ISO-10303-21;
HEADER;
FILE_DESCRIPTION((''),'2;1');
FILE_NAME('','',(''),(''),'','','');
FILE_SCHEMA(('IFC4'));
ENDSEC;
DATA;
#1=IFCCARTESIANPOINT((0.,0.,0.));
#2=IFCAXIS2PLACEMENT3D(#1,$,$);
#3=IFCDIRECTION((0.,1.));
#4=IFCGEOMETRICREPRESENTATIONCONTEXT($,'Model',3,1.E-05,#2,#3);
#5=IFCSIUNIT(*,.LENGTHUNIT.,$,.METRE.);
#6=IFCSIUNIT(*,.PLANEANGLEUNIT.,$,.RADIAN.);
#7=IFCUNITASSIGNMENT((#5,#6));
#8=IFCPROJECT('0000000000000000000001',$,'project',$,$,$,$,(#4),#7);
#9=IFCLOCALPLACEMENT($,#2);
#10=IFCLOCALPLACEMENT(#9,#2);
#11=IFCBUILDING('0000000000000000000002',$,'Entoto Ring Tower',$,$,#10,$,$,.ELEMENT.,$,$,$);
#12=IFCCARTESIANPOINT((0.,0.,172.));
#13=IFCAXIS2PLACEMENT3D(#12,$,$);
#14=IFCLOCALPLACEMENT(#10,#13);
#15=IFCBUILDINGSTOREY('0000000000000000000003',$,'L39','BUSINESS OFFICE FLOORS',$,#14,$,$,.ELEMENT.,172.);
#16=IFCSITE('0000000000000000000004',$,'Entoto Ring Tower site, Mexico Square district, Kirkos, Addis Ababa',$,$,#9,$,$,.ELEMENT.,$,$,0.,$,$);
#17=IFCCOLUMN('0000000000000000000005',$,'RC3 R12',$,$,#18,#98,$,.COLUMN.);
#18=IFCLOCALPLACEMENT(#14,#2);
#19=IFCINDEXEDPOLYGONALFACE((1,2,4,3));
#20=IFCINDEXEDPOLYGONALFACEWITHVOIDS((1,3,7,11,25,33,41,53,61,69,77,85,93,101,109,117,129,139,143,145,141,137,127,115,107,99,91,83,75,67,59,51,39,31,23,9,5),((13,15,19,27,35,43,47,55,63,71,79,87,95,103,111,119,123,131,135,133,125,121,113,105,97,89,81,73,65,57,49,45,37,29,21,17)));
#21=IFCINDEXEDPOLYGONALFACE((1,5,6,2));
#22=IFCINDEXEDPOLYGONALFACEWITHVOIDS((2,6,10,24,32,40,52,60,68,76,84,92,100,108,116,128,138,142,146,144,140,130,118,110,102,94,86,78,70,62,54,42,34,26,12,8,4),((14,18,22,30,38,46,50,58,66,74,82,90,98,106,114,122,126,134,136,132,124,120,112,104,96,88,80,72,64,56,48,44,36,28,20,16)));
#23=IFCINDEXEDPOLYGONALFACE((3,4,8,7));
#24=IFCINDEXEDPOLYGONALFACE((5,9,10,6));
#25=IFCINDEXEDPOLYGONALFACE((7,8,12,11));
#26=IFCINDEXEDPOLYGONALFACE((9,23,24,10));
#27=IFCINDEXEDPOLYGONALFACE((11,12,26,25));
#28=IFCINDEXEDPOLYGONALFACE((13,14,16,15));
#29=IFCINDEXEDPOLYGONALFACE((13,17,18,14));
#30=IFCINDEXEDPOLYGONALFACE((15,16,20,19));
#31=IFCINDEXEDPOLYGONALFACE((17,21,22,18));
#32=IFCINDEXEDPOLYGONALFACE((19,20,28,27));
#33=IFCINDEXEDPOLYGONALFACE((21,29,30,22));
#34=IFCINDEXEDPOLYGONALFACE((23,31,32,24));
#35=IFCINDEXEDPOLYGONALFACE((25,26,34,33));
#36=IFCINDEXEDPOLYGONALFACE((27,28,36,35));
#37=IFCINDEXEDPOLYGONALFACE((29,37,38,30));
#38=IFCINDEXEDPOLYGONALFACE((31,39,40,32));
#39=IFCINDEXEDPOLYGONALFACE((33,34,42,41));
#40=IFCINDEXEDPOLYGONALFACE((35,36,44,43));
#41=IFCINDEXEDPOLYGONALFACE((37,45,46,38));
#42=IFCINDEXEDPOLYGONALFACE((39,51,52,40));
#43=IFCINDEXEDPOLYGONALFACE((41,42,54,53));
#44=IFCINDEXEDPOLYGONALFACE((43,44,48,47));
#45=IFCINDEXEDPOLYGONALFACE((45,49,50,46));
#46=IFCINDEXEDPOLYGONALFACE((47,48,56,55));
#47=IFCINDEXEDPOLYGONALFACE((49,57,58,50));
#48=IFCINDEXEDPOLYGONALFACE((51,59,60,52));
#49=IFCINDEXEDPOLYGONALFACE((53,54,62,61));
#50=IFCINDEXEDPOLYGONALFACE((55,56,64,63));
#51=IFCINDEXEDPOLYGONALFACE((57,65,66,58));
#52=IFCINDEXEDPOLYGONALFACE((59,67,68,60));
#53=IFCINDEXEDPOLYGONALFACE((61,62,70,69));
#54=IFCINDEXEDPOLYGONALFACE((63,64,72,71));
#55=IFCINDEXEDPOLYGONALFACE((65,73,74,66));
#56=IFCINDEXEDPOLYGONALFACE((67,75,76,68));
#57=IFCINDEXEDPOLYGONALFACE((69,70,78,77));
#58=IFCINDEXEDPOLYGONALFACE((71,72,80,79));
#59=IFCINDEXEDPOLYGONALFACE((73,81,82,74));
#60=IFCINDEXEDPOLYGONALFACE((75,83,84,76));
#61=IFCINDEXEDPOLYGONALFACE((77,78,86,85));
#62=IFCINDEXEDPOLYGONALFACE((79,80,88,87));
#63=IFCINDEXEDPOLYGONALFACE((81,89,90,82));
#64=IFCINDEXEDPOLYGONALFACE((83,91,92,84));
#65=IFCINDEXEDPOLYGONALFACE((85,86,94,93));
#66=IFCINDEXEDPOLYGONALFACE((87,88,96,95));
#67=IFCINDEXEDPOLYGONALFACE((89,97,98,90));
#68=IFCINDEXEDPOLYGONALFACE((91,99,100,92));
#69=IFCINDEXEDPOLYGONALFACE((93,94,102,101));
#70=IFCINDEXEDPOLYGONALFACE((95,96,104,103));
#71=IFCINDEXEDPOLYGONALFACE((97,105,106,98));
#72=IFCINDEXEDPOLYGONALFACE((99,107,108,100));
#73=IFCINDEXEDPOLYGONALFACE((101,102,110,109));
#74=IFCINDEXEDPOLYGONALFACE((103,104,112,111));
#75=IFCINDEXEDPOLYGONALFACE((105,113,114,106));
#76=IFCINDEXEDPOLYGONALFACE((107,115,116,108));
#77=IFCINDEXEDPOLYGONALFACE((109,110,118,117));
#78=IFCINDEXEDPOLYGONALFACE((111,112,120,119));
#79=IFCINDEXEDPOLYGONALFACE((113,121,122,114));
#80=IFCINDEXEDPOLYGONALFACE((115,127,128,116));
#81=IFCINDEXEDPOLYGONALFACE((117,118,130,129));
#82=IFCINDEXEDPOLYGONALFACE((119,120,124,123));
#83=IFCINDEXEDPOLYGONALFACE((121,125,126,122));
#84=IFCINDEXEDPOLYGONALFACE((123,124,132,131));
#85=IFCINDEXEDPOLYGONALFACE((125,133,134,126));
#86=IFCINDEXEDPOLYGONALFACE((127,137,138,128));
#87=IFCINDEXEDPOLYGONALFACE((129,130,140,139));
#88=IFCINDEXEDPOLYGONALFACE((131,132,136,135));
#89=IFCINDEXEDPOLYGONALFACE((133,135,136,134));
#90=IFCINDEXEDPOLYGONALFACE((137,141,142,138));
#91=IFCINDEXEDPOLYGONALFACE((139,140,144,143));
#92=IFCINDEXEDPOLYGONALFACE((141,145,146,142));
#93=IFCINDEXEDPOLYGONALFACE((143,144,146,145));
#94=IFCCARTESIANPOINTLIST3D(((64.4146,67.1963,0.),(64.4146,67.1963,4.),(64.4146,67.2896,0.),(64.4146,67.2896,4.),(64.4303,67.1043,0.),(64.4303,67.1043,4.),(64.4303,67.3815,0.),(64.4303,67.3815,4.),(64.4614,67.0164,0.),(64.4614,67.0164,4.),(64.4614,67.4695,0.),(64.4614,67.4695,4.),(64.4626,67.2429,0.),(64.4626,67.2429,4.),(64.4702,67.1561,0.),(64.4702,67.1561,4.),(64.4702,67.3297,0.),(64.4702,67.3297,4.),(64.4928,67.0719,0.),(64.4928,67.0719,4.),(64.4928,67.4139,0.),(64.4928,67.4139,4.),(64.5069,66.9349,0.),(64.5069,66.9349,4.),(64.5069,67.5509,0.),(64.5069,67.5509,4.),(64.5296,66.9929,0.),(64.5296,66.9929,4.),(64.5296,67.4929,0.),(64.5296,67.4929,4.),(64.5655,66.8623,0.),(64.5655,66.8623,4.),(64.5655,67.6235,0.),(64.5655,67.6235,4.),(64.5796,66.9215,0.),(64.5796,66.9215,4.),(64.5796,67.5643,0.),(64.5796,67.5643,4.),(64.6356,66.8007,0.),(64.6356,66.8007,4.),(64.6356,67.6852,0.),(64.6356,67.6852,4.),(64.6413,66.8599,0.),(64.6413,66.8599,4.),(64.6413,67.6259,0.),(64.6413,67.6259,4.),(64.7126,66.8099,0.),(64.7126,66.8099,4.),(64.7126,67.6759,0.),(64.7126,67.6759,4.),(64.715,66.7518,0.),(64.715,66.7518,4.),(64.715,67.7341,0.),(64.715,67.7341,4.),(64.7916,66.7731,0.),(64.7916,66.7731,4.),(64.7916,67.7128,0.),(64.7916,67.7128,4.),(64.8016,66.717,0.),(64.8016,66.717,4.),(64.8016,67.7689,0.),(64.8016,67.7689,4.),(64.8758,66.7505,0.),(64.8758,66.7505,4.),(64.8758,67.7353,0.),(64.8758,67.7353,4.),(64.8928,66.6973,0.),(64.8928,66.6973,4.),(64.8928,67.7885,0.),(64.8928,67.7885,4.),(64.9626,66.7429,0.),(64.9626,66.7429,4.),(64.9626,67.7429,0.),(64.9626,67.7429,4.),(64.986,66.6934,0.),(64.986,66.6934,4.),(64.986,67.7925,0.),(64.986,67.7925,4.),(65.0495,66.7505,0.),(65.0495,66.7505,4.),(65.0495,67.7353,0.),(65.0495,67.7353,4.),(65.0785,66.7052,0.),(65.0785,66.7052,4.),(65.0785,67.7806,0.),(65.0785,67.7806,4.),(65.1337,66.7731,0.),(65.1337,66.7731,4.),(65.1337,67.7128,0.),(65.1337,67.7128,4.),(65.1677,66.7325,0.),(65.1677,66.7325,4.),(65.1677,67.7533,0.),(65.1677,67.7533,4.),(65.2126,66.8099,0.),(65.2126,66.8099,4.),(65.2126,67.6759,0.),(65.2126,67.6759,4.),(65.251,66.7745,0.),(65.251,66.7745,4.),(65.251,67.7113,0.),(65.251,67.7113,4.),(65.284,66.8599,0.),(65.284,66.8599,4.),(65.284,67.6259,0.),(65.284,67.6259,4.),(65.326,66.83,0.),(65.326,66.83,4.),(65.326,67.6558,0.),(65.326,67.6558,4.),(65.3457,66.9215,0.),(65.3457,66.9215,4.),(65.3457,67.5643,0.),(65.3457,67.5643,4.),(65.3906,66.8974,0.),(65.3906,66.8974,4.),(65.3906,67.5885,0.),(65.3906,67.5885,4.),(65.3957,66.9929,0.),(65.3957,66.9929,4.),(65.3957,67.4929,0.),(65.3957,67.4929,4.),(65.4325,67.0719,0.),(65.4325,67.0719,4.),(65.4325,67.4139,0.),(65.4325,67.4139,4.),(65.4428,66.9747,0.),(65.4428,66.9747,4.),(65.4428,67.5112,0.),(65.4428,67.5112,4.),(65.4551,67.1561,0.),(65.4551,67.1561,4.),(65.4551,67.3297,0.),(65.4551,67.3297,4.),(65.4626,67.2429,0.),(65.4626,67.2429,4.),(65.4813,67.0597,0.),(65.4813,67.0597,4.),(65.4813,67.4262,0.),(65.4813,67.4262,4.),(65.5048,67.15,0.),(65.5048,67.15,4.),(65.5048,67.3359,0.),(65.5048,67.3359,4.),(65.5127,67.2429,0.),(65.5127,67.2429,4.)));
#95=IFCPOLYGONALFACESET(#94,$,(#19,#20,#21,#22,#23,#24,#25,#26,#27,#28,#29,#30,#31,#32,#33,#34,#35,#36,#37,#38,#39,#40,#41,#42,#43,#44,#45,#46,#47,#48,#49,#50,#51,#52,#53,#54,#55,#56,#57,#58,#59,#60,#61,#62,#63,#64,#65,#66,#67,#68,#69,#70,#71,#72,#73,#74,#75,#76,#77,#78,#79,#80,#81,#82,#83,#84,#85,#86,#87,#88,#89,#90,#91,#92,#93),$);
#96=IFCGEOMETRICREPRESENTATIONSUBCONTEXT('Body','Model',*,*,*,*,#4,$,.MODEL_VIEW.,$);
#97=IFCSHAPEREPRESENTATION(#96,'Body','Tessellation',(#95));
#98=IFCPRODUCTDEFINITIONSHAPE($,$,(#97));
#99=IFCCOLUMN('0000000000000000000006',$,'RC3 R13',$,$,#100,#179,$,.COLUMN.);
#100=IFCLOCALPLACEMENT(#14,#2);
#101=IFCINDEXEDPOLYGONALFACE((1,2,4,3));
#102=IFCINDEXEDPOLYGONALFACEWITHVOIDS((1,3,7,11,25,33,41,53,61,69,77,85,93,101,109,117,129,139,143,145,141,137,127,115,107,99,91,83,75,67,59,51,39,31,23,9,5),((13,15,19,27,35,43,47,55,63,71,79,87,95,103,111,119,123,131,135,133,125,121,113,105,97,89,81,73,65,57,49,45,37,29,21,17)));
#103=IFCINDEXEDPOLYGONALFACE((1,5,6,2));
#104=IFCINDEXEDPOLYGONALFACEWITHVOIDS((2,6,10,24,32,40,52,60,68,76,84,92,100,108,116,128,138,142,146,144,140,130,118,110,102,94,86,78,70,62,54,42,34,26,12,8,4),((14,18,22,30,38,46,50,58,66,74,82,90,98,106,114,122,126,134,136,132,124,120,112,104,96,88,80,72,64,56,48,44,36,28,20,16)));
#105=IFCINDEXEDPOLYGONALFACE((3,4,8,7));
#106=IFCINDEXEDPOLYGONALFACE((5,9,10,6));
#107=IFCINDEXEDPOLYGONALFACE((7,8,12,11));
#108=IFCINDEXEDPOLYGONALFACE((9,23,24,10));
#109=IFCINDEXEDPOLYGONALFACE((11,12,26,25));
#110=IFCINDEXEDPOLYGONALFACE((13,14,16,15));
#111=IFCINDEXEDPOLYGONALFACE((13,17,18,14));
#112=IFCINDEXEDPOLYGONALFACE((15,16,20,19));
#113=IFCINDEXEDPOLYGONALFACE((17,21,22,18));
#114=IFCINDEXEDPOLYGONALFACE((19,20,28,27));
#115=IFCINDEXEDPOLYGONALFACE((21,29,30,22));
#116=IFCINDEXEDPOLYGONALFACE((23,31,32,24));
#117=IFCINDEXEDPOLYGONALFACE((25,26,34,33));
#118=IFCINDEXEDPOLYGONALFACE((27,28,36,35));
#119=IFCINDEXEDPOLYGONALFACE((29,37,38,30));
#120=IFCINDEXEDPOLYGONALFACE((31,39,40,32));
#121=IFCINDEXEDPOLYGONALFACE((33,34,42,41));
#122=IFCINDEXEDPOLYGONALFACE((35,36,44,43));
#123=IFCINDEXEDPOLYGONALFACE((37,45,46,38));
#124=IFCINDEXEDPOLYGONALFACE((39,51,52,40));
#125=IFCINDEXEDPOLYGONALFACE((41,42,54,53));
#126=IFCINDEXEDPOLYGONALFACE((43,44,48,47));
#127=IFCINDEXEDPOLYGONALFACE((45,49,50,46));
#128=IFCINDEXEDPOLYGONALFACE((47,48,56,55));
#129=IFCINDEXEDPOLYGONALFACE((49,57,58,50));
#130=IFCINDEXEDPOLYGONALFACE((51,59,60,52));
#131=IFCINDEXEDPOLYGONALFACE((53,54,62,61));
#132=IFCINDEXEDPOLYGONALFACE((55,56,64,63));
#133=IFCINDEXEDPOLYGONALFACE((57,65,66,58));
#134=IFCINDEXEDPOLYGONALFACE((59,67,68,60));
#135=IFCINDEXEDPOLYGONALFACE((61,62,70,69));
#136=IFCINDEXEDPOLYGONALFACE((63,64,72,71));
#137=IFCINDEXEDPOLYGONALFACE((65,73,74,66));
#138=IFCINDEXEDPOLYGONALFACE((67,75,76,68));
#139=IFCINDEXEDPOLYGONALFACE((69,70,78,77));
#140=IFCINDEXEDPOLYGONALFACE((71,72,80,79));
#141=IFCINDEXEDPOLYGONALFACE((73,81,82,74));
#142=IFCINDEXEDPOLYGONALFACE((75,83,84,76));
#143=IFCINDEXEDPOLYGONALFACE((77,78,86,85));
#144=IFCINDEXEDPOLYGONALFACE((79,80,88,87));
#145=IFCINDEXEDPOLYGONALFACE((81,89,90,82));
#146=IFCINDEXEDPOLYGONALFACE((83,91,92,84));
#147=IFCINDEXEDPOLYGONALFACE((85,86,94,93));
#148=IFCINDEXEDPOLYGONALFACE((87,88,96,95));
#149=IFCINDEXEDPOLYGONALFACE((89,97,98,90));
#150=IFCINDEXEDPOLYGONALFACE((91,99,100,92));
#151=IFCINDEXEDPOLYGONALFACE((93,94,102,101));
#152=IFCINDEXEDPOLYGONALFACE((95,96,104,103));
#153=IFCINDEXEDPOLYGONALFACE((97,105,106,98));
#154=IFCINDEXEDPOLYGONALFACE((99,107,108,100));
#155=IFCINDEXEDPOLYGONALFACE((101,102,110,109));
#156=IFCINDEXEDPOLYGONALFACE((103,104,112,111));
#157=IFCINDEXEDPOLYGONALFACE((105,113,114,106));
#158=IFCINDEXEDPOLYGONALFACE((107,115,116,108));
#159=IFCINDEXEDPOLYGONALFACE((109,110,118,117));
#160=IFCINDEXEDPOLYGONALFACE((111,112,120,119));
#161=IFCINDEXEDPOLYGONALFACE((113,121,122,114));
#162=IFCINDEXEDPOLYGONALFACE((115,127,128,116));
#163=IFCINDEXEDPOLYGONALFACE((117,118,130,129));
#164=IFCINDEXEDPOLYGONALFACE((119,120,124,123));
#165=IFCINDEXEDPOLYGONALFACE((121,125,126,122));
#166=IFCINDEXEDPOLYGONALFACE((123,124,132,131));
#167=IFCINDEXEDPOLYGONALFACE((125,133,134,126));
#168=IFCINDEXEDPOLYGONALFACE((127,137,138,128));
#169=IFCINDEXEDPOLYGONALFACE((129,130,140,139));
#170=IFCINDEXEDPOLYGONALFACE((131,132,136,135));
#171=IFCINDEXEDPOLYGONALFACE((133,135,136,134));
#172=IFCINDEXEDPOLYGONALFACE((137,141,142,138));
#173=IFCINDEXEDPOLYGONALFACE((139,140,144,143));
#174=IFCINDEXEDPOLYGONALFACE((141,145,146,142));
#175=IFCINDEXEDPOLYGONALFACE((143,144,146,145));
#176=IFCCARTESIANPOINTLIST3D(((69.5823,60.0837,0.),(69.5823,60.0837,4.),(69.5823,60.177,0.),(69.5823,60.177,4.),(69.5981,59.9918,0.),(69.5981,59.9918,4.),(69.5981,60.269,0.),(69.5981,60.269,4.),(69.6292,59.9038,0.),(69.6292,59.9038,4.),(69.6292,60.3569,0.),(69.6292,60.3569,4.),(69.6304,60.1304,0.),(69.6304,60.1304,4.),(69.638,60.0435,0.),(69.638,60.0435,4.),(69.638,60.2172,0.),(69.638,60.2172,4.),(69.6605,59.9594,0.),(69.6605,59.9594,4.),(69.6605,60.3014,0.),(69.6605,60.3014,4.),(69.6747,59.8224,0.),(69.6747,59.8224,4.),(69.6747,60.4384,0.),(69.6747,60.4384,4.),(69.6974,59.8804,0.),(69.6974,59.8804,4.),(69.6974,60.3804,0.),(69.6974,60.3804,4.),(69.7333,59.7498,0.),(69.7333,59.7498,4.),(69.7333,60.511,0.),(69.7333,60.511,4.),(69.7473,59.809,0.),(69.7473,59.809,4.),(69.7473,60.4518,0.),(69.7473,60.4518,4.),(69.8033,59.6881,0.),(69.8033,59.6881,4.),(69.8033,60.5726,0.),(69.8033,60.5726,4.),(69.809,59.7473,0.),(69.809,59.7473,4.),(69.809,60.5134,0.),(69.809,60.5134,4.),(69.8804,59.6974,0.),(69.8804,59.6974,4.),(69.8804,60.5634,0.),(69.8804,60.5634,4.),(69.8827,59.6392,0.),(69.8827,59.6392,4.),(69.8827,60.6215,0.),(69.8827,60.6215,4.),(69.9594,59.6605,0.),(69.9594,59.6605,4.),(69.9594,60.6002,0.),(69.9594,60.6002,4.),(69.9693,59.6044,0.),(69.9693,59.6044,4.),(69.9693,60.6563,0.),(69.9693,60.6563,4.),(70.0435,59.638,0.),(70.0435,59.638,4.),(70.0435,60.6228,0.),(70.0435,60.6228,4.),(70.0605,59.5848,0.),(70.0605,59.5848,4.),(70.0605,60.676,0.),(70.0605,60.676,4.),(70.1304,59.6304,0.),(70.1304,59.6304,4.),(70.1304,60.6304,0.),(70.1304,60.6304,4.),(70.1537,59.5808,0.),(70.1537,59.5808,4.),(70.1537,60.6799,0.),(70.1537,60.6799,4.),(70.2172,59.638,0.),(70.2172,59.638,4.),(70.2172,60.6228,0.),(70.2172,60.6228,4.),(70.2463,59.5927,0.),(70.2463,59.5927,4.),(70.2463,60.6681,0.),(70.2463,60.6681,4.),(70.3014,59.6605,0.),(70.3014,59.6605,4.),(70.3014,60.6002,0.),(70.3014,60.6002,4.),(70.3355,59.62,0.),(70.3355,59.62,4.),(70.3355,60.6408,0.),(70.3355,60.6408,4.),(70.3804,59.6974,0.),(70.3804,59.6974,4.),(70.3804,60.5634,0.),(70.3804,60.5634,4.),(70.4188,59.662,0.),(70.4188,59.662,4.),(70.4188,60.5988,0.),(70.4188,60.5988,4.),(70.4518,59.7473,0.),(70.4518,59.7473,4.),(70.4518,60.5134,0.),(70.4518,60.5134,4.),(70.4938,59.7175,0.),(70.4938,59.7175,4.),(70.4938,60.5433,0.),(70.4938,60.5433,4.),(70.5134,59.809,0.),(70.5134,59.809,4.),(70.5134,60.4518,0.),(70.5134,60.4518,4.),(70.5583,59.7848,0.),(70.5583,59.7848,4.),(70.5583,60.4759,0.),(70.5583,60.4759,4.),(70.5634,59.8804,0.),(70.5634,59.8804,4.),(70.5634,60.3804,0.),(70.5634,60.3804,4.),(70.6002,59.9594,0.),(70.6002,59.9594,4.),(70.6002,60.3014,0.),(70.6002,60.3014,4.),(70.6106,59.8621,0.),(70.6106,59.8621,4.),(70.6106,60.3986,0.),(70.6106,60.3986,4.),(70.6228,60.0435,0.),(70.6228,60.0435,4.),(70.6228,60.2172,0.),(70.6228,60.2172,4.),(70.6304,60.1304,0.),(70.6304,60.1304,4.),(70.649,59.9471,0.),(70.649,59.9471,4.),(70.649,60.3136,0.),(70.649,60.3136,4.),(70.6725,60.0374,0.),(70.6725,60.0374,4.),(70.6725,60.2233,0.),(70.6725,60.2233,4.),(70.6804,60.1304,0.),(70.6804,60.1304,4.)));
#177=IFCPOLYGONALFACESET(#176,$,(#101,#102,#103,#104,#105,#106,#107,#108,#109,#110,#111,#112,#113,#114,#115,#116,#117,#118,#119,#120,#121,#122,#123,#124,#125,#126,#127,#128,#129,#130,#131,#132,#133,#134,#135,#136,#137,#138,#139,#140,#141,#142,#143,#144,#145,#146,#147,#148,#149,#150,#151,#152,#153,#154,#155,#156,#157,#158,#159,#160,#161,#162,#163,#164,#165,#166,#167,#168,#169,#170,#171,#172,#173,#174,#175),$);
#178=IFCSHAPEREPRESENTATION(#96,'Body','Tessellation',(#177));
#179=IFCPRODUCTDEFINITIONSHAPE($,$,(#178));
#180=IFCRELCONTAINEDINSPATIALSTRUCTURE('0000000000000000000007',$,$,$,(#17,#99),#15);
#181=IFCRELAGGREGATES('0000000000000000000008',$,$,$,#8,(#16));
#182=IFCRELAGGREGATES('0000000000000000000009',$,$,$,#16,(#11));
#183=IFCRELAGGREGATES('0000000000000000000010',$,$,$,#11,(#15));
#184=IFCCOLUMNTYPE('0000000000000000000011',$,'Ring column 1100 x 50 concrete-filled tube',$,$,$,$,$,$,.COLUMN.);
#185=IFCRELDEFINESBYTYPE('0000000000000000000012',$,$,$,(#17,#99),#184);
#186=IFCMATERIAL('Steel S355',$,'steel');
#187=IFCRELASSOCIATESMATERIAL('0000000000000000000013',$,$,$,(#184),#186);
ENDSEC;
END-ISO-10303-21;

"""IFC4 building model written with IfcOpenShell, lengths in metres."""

from ifc_helpers import new_model, si_unit, direction, frame, origin, origin_2d, place, context, subcontext, project, spatial, circle, hollow_circle, extrude, material, material_profile, profile_set, type_object, element, save


model = new_model("IFC4")

# Units and contexts
model_context = context("Model", 3, precision=1e-05, world=origin(), true_north=direction((0.0, 1.0)))
body_context = subcontext(model_context, "Body", "Model", "MODEL_VIEW")
ifc_project = project(units=[si_unit("LENGTHUNIT", "METRE"), si_unit("PLANEANGLEUNIT", "RADIAN")], contexts=[model_context])

# Site, building, storey
site_placement = place(None, origin())
site = spatial("IfcSite", under=ifc_project, at=site_placement, Name="Entoto Ring Tower site, Mexico Square district, Kirkos, Addis Ababa", CompositionType="ELEMENT", RefElevation=0.0)
building_placement = place(site_placement, origin())
building = spatial("IfcBuilding", under=site, at=building_placement, Name="Entoto Ring Tower", CompositionType="ELEMENT")
storey_placement = place(building_placement, frame((0.0, 0.0, 172.0)))
storey = spatial("IfcBuildingStorey", under=building, at=storey_placement, Name="L39", Description="BUSINESS OFFICE FLOORS", CompositionType="ELEMENT", Elevation=172.0)

# Columns
ifc_material_1 = material(Name="Steel S355", Category="steel")
ifc_material_profile_1 = material_profile(ifc_material_1, hollow_circle(Radius=0.55, WallThickness=0.05, at=origin_2d()), Name="CHS 1100 x 50")
ifc_material_2 = material(Name="Concrete C60/75", Category="concrete")
ifc_material_profile_2 = material_profile(ifc_material_2, circle(Radius=0.5, at=origin_2d()), Name="Concrete C60/75 infill")
ifc_profile_set_1 = profile_set([ifc_material_profile_1, ifc_material_profile_2], Name="Steel S355")
column_type = type_object("IfcColumnType", Name="Ring column 1100 x 50 concrete-filled tube", PredefinedType="COLUMN", material=ifc_profile_set_1)
for number, where, z_axis, x_axis, name in (
    (1, (64.9626, 67.2429, 0.0), (0.0, 0.0, 1.0), (1.0, 0.0, 0.0), "RC3 R12"),
    (2, (70.1304, 60.1304, 0.0), (0.0, 0.0, 1.0), (1.0, 0.0, 0.0), "RC3 R13"),
):
    element("IfcColumn", number, at=place(storey_placement, frame(where, z_axis=z_axis, x_axis=x_axis)), inside=storey, type_object=column_type, Name=name, PredefinedType="COLUMN", context=body_context, shape_type="SweptSolid", body=[
        extrude(hollow_circle(Radius=0.55, WallThickness=0.05, at=origin_2d()), origin(), (0.0, 0.0, 1.0), 4.0),
    ])

save(model, "model.ifc")
